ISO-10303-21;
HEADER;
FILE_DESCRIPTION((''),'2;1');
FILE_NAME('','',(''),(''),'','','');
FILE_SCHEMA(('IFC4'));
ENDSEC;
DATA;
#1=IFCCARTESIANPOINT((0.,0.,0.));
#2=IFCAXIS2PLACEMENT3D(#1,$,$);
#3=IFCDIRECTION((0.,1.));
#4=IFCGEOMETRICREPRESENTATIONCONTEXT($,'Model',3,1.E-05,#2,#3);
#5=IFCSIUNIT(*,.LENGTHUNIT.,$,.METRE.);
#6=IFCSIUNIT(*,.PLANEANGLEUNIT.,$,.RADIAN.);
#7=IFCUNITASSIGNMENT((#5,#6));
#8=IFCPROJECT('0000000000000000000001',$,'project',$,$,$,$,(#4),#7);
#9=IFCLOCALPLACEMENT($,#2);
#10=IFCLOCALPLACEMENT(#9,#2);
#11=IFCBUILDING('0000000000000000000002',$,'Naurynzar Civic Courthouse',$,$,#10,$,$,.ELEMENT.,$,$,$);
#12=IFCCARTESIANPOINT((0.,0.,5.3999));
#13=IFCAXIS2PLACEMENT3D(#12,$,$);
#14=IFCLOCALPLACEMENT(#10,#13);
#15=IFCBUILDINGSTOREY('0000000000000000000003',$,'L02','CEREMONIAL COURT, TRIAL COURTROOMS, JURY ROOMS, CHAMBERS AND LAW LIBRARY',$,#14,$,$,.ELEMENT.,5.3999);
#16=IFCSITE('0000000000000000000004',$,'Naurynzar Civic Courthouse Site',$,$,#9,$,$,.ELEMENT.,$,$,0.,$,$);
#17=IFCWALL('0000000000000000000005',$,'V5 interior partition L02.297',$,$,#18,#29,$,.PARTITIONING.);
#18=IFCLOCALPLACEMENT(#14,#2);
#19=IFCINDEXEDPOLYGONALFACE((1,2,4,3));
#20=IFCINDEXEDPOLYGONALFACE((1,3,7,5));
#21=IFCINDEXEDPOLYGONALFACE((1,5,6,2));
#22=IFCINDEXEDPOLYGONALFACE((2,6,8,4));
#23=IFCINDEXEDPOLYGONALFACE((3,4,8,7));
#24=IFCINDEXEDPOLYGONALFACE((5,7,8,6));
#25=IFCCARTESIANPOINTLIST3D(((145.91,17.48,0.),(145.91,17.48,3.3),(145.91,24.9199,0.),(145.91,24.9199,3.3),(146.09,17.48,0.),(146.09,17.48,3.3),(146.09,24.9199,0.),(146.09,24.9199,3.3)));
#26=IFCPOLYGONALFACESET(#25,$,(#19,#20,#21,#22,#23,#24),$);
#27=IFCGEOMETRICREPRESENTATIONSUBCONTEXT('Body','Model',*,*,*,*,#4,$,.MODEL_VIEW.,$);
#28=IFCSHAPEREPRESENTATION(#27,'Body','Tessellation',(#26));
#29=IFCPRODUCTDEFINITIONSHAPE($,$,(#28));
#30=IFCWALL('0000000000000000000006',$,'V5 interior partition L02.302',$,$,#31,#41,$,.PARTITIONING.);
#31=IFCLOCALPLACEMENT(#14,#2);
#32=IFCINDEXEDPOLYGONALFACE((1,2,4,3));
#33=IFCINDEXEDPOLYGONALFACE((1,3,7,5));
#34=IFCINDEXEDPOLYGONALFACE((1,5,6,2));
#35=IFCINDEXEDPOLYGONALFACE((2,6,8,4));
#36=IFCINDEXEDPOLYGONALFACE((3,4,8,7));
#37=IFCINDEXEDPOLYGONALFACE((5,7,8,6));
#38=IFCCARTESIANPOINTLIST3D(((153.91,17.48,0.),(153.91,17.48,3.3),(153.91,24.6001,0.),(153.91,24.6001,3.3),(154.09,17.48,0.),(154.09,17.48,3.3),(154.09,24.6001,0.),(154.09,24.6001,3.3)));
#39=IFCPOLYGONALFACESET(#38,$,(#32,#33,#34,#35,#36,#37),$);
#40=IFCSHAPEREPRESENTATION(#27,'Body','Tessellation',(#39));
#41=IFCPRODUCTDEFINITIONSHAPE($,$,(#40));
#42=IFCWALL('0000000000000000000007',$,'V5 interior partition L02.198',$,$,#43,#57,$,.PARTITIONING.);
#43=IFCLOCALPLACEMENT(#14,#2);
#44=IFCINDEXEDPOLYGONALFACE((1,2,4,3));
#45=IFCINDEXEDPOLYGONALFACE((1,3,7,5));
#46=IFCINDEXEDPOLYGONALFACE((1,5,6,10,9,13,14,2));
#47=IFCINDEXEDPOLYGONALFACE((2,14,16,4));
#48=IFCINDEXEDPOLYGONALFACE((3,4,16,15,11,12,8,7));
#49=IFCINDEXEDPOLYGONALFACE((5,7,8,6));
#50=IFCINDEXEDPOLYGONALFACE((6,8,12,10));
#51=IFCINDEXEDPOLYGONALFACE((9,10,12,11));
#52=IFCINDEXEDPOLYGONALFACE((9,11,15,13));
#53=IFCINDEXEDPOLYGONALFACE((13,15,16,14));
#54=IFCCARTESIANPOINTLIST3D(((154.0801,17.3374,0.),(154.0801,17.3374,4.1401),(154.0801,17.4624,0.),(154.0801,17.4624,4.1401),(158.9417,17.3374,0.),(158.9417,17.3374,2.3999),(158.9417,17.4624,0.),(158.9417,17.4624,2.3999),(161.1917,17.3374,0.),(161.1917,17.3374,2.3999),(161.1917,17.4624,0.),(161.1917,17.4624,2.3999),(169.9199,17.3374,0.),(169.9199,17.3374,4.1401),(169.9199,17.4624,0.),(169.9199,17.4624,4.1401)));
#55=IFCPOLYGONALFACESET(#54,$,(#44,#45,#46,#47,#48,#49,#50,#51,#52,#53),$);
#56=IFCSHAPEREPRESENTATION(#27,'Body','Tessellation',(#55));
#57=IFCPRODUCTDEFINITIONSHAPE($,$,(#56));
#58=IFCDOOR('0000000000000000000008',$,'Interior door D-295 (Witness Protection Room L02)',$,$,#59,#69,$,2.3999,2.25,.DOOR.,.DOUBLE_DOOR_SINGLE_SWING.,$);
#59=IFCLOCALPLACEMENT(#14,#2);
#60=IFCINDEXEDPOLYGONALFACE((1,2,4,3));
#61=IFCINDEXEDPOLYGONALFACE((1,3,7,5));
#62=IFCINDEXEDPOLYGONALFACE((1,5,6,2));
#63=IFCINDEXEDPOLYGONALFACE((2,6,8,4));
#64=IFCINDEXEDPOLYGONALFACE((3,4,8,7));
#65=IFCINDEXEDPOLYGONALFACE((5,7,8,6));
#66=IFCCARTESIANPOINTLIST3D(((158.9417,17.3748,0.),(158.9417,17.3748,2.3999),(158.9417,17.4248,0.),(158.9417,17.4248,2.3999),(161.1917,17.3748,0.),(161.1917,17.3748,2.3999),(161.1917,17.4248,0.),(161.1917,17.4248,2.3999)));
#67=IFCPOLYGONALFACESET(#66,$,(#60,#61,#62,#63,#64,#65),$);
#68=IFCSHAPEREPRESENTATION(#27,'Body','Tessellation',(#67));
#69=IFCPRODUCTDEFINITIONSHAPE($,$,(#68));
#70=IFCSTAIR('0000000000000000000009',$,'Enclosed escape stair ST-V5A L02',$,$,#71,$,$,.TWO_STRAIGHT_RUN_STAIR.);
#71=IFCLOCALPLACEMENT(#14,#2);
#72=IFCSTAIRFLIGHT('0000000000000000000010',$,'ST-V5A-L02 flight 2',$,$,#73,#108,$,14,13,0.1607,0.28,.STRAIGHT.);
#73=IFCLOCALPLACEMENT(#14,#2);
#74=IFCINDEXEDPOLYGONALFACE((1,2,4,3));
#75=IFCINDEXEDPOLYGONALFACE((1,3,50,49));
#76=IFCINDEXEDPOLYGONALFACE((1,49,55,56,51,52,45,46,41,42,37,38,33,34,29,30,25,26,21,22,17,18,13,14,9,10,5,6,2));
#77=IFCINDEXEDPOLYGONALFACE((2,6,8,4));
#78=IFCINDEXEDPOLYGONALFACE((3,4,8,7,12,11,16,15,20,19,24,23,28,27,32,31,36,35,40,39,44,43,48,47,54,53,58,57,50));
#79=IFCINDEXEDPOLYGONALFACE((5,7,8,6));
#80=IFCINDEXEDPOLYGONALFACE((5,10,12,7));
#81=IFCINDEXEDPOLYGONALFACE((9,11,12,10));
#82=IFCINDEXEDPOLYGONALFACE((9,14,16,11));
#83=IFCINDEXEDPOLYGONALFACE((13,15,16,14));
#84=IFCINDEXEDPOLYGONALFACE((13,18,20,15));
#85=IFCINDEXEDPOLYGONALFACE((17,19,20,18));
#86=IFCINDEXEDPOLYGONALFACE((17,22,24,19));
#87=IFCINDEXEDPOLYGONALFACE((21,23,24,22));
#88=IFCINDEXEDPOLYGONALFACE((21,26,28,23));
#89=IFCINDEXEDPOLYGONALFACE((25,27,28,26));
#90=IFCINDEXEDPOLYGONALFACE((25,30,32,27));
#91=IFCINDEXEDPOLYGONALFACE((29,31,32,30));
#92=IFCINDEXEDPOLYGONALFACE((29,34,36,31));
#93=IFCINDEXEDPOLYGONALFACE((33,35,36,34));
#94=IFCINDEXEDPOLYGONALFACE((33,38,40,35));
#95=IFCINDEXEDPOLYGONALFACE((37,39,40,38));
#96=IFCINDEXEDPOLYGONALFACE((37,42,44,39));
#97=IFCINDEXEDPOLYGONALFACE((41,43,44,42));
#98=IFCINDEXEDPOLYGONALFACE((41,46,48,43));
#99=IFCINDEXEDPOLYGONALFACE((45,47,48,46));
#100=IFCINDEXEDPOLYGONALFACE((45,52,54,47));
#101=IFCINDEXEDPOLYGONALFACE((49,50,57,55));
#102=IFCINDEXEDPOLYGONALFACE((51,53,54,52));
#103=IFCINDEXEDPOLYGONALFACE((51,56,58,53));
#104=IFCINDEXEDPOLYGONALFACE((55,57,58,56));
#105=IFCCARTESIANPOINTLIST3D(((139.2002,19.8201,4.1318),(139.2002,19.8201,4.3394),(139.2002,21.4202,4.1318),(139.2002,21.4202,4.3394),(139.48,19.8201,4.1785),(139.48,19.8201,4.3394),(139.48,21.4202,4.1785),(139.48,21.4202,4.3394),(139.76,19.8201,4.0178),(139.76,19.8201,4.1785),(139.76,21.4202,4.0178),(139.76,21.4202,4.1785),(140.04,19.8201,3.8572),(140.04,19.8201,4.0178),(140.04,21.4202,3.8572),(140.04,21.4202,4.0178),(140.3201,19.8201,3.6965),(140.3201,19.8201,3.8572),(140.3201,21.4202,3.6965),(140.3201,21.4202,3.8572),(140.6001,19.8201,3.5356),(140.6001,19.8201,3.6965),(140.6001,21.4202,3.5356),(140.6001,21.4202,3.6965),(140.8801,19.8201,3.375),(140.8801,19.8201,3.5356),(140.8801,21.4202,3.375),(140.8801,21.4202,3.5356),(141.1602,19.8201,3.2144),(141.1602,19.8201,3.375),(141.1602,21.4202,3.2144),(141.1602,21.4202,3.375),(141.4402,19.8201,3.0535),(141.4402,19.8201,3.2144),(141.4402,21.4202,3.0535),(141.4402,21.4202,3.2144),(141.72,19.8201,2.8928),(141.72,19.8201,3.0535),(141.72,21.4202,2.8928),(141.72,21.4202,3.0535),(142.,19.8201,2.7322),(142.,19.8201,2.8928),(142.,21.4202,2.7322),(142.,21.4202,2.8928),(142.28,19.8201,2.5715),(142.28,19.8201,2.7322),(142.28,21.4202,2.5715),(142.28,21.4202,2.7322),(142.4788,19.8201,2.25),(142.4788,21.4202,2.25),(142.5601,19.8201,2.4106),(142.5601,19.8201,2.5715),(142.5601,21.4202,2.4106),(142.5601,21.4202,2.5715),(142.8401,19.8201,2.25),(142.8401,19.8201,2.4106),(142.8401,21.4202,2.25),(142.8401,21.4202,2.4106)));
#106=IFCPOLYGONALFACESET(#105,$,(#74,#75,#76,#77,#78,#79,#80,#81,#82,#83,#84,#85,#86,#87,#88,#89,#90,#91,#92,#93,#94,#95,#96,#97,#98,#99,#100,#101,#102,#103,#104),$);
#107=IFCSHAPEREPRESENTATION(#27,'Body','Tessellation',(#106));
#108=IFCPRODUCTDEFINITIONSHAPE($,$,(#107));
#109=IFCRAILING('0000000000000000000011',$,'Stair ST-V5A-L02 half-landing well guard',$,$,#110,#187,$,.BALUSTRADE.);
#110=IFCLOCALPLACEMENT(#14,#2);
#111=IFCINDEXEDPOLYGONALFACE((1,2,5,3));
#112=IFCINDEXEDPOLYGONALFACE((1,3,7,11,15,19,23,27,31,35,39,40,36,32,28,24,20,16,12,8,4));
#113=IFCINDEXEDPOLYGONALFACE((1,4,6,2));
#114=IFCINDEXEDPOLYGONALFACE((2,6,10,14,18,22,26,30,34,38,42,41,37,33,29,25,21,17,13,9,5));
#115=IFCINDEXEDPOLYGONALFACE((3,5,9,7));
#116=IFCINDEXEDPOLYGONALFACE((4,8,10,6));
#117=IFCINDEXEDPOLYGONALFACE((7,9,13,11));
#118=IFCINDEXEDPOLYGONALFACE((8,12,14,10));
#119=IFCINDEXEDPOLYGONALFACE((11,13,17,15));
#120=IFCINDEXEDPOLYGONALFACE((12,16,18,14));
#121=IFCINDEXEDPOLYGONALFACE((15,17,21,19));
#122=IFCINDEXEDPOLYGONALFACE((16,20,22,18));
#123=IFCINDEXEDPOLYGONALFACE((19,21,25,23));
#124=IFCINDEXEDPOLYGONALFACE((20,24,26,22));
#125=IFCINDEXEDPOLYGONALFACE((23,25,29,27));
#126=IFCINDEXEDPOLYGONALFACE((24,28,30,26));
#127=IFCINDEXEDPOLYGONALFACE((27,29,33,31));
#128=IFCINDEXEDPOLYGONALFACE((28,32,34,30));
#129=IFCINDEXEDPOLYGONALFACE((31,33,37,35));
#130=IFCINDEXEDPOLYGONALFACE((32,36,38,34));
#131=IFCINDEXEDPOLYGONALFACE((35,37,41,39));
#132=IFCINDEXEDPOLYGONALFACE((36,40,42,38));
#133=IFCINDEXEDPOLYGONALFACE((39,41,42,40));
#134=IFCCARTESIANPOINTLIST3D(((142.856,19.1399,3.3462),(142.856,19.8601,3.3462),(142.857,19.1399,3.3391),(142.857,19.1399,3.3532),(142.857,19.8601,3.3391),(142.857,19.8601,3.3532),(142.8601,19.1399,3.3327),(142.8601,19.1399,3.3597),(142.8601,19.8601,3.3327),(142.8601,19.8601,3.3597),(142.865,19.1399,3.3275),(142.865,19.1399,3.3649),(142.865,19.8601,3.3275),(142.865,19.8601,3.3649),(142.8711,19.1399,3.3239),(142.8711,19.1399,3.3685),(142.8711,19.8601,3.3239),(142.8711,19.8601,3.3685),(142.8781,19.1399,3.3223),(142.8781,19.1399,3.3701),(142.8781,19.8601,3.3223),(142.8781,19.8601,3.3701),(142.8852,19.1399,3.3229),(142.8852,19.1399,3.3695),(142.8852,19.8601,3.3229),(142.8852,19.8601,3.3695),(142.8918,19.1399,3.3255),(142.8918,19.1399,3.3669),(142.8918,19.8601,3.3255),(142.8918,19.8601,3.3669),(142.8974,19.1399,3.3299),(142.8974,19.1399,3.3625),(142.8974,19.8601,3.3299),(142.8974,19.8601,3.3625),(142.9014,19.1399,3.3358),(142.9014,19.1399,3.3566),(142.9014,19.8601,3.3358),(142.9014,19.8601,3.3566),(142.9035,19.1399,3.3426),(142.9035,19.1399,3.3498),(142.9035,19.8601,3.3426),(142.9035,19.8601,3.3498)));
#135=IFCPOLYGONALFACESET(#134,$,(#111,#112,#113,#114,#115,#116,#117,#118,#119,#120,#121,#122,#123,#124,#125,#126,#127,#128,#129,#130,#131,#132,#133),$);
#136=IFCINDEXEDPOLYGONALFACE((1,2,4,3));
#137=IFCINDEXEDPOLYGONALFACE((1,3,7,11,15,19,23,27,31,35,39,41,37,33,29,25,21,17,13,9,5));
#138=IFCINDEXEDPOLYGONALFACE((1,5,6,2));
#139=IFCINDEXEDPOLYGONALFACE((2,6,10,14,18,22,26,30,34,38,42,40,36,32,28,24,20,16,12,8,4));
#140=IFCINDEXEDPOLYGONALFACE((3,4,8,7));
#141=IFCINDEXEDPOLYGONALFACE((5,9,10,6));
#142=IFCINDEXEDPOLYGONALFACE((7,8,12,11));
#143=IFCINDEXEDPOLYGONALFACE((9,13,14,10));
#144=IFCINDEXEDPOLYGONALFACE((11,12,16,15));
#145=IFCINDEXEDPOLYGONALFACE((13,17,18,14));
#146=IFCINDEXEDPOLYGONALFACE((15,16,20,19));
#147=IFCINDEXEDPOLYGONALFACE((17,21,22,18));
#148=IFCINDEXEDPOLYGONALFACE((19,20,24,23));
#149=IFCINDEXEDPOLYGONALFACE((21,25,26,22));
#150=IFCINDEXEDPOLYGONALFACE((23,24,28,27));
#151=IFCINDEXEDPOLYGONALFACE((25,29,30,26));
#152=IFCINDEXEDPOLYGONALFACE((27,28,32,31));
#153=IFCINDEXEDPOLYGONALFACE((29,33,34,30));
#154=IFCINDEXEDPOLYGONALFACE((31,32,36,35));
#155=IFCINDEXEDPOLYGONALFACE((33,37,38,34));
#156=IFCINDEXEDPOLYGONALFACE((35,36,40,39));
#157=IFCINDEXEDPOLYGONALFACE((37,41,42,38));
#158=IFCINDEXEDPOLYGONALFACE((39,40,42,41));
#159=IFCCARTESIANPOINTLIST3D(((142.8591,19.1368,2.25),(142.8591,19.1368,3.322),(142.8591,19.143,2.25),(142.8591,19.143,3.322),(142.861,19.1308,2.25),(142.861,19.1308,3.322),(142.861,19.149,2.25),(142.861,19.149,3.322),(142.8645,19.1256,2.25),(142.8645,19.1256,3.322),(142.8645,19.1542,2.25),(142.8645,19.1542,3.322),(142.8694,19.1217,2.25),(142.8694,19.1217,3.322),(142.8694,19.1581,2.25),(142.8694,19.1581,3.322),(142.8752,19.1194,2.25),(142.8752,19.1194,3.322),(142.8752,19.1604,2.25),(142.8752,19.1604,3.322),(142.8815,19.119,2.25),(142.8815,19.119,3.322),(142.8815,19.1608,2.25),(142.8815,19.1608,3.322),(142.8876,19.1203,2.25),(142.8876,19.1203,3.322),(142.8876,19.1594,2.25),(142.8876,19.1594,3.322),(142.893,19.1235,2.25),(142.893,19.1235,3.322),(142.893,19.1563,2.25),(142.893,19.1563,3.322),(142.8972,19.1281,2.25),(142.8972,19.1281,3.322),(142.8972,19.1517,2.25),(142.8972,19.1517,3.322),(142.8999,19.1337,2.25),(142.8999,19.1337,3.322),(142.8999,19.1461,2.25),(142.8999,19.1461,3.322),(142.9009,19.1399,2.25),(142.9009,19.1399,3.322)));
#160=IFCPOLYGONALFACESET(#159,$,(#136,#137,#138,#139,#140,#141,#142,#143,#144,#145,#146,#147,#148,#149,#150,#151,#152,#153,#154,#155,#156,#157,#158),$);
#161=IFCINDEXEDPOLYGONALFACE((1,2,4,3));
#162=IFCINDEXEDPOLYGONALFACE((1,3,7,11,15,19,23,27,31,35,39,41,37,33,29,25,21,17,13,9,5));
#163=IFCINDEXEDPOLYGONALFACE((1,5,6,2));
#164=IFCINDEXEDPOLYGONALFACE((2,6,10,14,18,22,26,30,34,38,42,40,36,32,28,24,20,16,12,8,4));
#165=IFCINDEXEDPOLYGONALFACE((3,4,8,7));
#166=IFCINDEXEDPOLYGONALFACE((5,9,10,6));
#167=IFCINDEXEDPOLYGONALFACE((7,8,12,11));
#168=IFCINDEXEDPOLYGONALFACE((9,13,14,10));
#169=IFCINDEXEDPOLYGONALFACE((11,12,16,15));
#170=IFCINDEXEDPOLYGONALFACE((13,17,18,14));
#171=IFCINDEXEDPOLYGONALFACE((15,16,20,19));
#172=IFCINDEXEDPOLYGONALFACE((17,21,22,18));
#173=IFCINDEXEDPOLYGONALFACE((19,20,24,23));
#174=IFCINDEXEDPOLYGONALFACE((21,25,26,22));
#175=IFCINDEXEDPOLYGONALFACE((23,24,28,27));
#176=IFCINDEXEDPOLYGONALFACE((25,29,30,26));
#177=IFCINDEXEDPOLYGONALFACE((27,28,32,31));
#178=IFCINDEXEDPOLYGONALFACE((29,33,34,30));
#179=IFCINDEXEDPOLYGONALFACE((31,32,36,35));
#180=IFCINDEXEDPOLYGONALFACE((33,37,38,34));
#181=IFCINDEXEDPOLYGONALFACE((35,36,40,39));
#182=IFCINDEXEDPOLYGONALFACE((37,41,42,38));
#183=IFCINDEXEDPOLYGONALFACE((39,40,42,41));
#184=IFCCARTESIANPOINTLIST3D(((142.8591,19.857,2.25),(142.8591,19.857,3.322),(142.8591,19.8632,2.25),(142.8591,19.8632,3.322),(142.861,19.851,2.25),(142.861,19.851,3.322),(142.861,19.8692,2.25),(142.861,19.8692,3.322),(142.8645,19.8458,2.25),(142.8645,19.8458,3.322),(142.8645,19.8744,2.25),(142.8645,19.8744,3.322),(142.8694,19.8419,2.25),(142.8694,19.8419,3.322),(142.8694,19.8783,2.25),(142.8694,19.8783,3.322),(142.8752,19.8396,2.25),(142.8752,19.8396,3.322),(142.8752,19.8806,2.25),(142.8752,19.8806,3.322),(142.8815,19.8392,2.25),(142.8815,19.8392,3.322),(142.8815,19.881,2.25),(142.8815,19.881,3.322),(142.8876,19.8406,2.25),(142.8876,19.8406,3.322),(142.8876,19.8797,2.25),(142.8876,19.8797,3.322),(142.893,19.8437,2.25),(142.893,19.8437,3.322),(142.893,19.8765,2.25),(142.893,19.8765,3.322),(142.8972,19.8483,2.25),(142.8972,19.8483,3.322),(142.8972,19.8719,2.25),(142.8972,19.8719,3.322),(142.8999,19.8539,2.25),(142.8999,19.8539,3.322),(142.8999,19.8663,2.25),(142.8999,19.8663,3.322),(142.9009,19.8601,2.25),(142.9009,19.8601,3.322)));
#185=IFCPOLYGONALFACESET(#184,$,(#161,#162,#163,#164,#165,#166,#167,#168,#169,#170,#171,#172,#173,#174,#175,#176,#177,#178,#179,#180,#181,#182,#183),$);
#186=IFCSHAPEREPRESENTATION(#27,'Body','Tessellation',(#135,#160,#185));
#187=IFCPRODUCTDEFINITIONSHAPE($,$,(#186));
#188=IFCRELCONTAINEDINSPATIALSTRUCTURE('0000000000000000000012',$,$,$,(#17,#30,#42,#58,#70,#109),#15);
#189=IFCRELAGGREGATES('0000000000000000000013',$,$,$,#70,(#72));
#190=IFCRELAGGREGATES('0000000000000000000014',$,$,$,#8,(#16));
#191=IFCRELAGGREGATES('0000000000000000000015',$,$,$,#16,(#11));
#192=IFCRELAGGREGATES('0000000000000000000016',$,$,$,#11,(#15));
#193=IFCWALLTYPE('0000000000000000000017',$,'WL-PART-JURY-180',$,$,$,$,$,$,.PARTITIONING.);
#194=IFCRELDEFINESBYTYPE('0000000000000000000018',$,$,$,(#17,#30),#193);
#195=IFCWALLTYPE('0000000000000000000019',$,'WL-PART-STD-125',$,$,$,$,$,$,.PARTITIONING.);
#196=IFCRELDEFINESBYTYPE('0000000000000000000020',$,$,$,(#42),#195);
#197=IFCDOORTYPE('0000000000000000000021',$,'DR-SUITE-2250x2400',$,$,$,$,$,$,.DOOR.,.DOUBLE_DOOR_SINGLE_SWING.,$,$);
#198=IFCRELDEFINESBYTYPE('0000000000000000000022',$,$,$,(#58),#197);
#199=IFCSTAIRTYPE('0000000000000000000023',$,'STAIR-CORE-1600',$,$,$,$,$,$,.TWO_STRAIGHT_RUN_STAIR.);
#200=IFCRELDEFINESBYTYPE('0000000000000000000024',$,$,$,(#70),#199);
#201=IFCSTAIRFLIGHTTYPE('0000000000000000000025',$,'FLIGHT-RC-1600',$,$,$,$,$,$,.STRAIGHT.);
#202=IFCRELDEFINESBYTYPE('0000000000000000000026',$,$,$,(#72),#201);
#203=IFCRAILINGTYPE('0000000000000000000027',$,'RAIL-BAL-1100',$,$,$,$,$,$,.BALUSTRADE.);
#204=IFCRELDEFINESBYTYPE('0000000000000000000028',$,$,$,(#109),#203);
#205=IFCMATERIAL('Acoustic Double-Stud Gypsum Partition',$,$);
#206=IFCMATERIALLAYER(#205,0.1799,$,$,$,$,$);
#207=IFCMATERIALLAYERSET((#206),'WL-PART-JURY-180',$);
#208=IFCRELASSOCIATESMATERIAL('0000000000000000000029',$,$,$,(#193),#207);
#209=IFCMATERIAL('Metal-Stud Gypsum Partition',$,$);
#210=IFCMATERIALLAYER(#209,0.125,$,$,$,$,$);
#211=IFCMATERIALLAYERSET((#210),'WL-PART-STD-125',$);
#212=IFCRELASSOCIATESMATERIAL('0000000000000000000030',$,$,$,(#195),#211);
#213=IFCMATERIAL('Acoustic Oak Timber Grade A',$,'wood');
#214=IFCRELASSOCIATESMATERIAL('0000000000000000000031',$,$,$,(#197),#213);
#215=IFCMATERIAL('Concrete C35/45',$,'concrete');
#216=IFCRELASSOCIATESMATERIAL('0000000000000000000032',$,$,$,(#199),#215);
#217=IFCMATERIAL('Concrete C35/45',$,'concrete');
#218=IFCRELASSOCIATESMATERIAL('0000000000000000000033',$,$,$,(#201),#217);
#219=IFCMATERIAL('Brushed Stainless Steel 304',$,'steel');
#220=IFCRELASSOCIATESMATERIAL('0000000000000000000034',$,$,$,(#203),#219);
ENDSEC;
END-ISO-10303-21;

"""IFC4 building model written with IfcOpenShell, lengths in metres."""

from ifc_helpers import new_model, si_unit, direction, frame, frame_2d, origin, origin_2d, place, context, subcontext, project, spatial, polyline, rectangle, circle, outline, extrude, material, layer, layer_set, type_object, element, fill, aggregate, save


model = new_model("IFC4")

# Units and contexts
model_context = context("Model", 3, precision=1e-05, world=origin(), true_north=direction((0.0, 1.0)))
body_context = subcontext(model_context, "Body", "Model", "MODEL_VIEW")
ifc_project = project(units=[si_unit("LENGTHUNIT", "METRE"), si_unit("PLANEANGLEUNIT", "RADIAN")], contexts=[model_context])

# Site, building, storey
site_placement = place(None, origin())
site = spatial("IfcSite", under=ifc_project, at=site_placement, Name="Naurynzar Civic Courthouse Site", CompositionType="ELEMENT", RefElevation=0.0)
building_placement = place(site_placement, origin())
building = spatial("IfcBuilding", under=site, at=building_placement, Name="Naurynzar Civic Courthouse", CompositionType="ELEMENT")
storey_placement = place(building_placement, frame((0.0, 0.0, 5.3999)))
storey = spatial("IfcBuildingStorey", under=building, at=storey_placement, Name="L02", Description="CEREMONIAL COURT, TRIAL COURTROOMS, JURY ROOMS, CHAMBERS AND LAW LIBRARY", CompositionType="ELEMENT", Elevation=5.3999)

# Shared definitions
ifc_material_1 = material(Name="Acoustic Double-Stud Gypsum Partition")
ifc_layer_1 = layer(ifc_material_1, 0.1799)
ifc_layer_set_1 = layer_set([ifc_layer_1], Name="WL-PART-JURY-180")
wall_type_1 = type_object("IfcWallType", Name="WL-PART-JURY-180", PredefinedType="PARTITIONING", material=ifc_layer_set_1)

# Walls
wall_1_placement = place(storey_placement, frame((146.0, 17.48, 0.0), z_axis=(0.0, 0.0, 1.0), x_axis=(0.0, 1.0, 0.0)))
element("IfcWall", 1, at=wall_1_placement, inside=storey, type_object=wall_type_1, Name="V5 interior partition L02.297", PredefinedType="PARTITIONING", context=body_context, shape_type="SweptSolid", body=[
    extrude(rectangle(XDim=7.4399, YDim=0.1799, at=frame_2d((3.72, 0.0))), origin(), (0.0, 0.0, 1.0), 3.3),
])
wall_2_placement = place(storey_placement, frame((154.0, 17.48, 0.0), z_axis=(0.0, 0.0, 1.0), x_axis=(0.0, 1.0, 0.0)))
element("IfcWall", 2, at=wall_2_placement, inside=storey, type_object=wall_type_1, Name="V5 interior partition L02.302", PredefinedType="PARTITIONING", context=body_context, shape_type="SweptSolid", body=[
    extrude(rectangle(XDim=7.1201, YDim=0.1799, at=frame_2d((3.5601, 0.0))), origin(), (0.0, 0.0, 1.0), 3.3),
])

# Wall, opening, door
ifc_material_2 = material(Name="Metal-Stud Gypsum Partition")
ifc_layer_2 = layer(ifc_material_2, 0.125)
ifc_layer_set_2 = layer_set([ifc_layer_2], Name="WL-PART-STD-125")
wall_type_2 = type_object("IfcWallType", Name="WL-PART-STD-125", PredefinedType="PARTITIONING", material=ifc_layer_set_2)
wall_3_placement = place(storey_placement, frame((154.0801, 17.3999, 0.0), z_axis=(0.0, 0.0, 1.0), x_axis=(1.0, 0.0, 0.0)))
wall_3 = element("IfcWall", 3, at=wall_3_placement, inside=storey, type_object=wall_type_2, Name="V5 interior partition L02.198", PredefinedType="PARTITIONING", context=body_context, shape_type="SweptSolid", body=[
    extrude(rectangle(XDim=15.8398, YDim=0.125, at=frame_2d((7.9199, 0.0))), origin(), (0.0, 0.0, 1.0), 4.1401),
])
opening_1_placement = place(wall_3_placement, frame((4.8616, 0.0, 0.0)))
opening_1 = element("IfcOpeningElement", 4, at=opening_1_placement, cuts=wall_3, PredefinedType="OPENING", context=body_context, shape_type="SweptSolid", body=[
    extrude(rectangle(XDim=2.25, YDim=2.3999, at=frame_2d((1.125, 1.2))), frame((0.0, 0.0725, 0.0), z_axis=(0.0, -1.0, 0.0), x_axis=(1.0, 0.0, 0.0)), (0.0, 0.0, 1.0), 0.145),
])
ifc_material_3 = material(Name="Acoustic Oak Timber Grade A", Category="wood")
door_type_1 = type_object("IfcDoorType", Name="DR-SUITE-2250x2400", OperationType="DOUBLE_DOOR_SINGLE_SWING", PredefinedType="DOOR", material=ifc_material_3)
door_1_placement = place(opening_1_placement, origin())
door_1 = element("IfcDoor", 5, at=door_1_placement, inside=storey, type_object=door_type_1, Name="Interior door D-295 (Witness Protection Room L02)", OperationType="DOUBLE_DOOR_SINGLE_SWING", OverallHeight=2.3999, OverallWidth=2.25, PredefinedType="DOOR", context=body_context, shape_type="SweptSolid", body=[
    extrude(rectangle(XDim=2.25, YDim=2.3999, at=frame_2d((1.125, 1.2))), frame((0.0, 0.0249, 0.0), z_axis=(0.0, -1.0, 0.0), x_axis=(1.0, 0.0, 0.0)), (0.0, 0.0, 1.0), 0.05),
])
fill(opening_1, door_1)

# Stair, stair flight
ifc_material_4 = material(Name="Concrete C35/45", Category="concrete")
stair_type = type_object("IfcStairType", Name="STAIR-CORE-1600", PredefinedType="TWO_STRAIGHT_RUN_STAIR", material=ifc_material_4)
stair_placement = place(storey_placement, origin())
stair = element("IfcStair", 6, at=stair_placement, inside=storey, type_object=stair_type, Name="Enclosed escape stair ST-V5A L02", PredefinedType="TWO_STRAIGHT_RUN_STAIR")
ifc_material_5 = material(Name="Concrete C35/45", Category="concrete")
stair_flight_type = type_object("IfcStairFlightType", Name="FLIGHT-RC-1600", PredefinedType="STRAIGHT", material=ifc_material_5)
stair_flight_placement = place(storey_placement, frame((142.8401, 20.6201, 2.25), z_axis=(0.0, 0.0, 1.0), x_axis=(-1.0, 0.0, 0.0)))
stair_flight = element("IfcStairFlight", 7, at=stair_flight_placement, type_object=stair_flight_type, Name="ST-V5A-L02 flight 2", NumberOfRisers=14, NumberOfTreads=13, PredefinedType="STRAIGHT", RiserHeight=0.1607, TreadLength=0.28, context=body_context, shape_type="SweptSolid", body=[
    extrude(outline(polyline([(0.0, 0.0), (0.0, 0.1606), (0.28, 0.1606), (0.28, 0.3215), (0.5601, 0.3215), (0.5601, 0.4822), (0.8401, 0.4822), (0.8401, 0.6428), (1.1201, 0.6428), (1.1201, 0.8035), (1.3999, 0.8035), (1.3999, 0.9644), (1.6799, 0.9644), (1.6799, 1.125), (1.96, 1.125), (1.96, 1.2856), (2.24, 1.2856), (2.24, 1.4465), (2.52, 1.4465), (2.52, 1.6072), (2.8, 1.6072), (2.8, 1.7678), (3.0801, 1.7678), (3.0801, 1.9285), (3.3601, 1.9285), (3.3601, 2.0894), (3.6399, 2.0894), (3.6399, 2.25), (3.6399, 1.8818), (0.3613, 0.0), (0.0, 0.0)])), frame((0.0, 0.8, 0.0), z_axis=(0.0, -1.0, 0.0), x_axis=(1.0, 0.0, 0.0)), (0.0, 0.0, 1.0), 1.6001),
])
aggregate(stair, [stair_flight])

# Railing
ifc_material_6 = material(Name="Brushed Stainless Steel 304", Category="steel")
railing_type_1 = type_object("IfcRailingType", Name="RAIL-BAL-1100", PredefinedType="BALUSTRADE", material=ifc_material_6)
railing_1_placement = place(storey_placement, frame((142.8799, 19.1399, 2.25)))
element("IfcRailing", 8, at=railing_1_placement, inside=storey, type_object=railing_type_1, Name="Stair ST-V5A-L02 half-landing well guard", PredefinedType="BALUSTRADE", context=body_context, shape_type="SweptSolid", body=[
    extrude(circle(Radius=0.0239, at=origin_2d()), frame((0.0, 0.0, 1.0962), z_axis=(0.0, 1.0, 0.0), x_axis=(-1.0, 0.0, 0.0)), (0.0, 0.0, 1.0), 0.7202),
    extrude(circle(Radius=0.021, at=origin_2d()), origin(), (0.0, 0.0, 1.0), 1.072),
    extrude(circle(Radius=0.021, at=origin_2d()), frame((0.0, 0.7202, 0.0)), (0.0, 0.0, 1.0), 1.072),
])

save(model, "model.ifc")
